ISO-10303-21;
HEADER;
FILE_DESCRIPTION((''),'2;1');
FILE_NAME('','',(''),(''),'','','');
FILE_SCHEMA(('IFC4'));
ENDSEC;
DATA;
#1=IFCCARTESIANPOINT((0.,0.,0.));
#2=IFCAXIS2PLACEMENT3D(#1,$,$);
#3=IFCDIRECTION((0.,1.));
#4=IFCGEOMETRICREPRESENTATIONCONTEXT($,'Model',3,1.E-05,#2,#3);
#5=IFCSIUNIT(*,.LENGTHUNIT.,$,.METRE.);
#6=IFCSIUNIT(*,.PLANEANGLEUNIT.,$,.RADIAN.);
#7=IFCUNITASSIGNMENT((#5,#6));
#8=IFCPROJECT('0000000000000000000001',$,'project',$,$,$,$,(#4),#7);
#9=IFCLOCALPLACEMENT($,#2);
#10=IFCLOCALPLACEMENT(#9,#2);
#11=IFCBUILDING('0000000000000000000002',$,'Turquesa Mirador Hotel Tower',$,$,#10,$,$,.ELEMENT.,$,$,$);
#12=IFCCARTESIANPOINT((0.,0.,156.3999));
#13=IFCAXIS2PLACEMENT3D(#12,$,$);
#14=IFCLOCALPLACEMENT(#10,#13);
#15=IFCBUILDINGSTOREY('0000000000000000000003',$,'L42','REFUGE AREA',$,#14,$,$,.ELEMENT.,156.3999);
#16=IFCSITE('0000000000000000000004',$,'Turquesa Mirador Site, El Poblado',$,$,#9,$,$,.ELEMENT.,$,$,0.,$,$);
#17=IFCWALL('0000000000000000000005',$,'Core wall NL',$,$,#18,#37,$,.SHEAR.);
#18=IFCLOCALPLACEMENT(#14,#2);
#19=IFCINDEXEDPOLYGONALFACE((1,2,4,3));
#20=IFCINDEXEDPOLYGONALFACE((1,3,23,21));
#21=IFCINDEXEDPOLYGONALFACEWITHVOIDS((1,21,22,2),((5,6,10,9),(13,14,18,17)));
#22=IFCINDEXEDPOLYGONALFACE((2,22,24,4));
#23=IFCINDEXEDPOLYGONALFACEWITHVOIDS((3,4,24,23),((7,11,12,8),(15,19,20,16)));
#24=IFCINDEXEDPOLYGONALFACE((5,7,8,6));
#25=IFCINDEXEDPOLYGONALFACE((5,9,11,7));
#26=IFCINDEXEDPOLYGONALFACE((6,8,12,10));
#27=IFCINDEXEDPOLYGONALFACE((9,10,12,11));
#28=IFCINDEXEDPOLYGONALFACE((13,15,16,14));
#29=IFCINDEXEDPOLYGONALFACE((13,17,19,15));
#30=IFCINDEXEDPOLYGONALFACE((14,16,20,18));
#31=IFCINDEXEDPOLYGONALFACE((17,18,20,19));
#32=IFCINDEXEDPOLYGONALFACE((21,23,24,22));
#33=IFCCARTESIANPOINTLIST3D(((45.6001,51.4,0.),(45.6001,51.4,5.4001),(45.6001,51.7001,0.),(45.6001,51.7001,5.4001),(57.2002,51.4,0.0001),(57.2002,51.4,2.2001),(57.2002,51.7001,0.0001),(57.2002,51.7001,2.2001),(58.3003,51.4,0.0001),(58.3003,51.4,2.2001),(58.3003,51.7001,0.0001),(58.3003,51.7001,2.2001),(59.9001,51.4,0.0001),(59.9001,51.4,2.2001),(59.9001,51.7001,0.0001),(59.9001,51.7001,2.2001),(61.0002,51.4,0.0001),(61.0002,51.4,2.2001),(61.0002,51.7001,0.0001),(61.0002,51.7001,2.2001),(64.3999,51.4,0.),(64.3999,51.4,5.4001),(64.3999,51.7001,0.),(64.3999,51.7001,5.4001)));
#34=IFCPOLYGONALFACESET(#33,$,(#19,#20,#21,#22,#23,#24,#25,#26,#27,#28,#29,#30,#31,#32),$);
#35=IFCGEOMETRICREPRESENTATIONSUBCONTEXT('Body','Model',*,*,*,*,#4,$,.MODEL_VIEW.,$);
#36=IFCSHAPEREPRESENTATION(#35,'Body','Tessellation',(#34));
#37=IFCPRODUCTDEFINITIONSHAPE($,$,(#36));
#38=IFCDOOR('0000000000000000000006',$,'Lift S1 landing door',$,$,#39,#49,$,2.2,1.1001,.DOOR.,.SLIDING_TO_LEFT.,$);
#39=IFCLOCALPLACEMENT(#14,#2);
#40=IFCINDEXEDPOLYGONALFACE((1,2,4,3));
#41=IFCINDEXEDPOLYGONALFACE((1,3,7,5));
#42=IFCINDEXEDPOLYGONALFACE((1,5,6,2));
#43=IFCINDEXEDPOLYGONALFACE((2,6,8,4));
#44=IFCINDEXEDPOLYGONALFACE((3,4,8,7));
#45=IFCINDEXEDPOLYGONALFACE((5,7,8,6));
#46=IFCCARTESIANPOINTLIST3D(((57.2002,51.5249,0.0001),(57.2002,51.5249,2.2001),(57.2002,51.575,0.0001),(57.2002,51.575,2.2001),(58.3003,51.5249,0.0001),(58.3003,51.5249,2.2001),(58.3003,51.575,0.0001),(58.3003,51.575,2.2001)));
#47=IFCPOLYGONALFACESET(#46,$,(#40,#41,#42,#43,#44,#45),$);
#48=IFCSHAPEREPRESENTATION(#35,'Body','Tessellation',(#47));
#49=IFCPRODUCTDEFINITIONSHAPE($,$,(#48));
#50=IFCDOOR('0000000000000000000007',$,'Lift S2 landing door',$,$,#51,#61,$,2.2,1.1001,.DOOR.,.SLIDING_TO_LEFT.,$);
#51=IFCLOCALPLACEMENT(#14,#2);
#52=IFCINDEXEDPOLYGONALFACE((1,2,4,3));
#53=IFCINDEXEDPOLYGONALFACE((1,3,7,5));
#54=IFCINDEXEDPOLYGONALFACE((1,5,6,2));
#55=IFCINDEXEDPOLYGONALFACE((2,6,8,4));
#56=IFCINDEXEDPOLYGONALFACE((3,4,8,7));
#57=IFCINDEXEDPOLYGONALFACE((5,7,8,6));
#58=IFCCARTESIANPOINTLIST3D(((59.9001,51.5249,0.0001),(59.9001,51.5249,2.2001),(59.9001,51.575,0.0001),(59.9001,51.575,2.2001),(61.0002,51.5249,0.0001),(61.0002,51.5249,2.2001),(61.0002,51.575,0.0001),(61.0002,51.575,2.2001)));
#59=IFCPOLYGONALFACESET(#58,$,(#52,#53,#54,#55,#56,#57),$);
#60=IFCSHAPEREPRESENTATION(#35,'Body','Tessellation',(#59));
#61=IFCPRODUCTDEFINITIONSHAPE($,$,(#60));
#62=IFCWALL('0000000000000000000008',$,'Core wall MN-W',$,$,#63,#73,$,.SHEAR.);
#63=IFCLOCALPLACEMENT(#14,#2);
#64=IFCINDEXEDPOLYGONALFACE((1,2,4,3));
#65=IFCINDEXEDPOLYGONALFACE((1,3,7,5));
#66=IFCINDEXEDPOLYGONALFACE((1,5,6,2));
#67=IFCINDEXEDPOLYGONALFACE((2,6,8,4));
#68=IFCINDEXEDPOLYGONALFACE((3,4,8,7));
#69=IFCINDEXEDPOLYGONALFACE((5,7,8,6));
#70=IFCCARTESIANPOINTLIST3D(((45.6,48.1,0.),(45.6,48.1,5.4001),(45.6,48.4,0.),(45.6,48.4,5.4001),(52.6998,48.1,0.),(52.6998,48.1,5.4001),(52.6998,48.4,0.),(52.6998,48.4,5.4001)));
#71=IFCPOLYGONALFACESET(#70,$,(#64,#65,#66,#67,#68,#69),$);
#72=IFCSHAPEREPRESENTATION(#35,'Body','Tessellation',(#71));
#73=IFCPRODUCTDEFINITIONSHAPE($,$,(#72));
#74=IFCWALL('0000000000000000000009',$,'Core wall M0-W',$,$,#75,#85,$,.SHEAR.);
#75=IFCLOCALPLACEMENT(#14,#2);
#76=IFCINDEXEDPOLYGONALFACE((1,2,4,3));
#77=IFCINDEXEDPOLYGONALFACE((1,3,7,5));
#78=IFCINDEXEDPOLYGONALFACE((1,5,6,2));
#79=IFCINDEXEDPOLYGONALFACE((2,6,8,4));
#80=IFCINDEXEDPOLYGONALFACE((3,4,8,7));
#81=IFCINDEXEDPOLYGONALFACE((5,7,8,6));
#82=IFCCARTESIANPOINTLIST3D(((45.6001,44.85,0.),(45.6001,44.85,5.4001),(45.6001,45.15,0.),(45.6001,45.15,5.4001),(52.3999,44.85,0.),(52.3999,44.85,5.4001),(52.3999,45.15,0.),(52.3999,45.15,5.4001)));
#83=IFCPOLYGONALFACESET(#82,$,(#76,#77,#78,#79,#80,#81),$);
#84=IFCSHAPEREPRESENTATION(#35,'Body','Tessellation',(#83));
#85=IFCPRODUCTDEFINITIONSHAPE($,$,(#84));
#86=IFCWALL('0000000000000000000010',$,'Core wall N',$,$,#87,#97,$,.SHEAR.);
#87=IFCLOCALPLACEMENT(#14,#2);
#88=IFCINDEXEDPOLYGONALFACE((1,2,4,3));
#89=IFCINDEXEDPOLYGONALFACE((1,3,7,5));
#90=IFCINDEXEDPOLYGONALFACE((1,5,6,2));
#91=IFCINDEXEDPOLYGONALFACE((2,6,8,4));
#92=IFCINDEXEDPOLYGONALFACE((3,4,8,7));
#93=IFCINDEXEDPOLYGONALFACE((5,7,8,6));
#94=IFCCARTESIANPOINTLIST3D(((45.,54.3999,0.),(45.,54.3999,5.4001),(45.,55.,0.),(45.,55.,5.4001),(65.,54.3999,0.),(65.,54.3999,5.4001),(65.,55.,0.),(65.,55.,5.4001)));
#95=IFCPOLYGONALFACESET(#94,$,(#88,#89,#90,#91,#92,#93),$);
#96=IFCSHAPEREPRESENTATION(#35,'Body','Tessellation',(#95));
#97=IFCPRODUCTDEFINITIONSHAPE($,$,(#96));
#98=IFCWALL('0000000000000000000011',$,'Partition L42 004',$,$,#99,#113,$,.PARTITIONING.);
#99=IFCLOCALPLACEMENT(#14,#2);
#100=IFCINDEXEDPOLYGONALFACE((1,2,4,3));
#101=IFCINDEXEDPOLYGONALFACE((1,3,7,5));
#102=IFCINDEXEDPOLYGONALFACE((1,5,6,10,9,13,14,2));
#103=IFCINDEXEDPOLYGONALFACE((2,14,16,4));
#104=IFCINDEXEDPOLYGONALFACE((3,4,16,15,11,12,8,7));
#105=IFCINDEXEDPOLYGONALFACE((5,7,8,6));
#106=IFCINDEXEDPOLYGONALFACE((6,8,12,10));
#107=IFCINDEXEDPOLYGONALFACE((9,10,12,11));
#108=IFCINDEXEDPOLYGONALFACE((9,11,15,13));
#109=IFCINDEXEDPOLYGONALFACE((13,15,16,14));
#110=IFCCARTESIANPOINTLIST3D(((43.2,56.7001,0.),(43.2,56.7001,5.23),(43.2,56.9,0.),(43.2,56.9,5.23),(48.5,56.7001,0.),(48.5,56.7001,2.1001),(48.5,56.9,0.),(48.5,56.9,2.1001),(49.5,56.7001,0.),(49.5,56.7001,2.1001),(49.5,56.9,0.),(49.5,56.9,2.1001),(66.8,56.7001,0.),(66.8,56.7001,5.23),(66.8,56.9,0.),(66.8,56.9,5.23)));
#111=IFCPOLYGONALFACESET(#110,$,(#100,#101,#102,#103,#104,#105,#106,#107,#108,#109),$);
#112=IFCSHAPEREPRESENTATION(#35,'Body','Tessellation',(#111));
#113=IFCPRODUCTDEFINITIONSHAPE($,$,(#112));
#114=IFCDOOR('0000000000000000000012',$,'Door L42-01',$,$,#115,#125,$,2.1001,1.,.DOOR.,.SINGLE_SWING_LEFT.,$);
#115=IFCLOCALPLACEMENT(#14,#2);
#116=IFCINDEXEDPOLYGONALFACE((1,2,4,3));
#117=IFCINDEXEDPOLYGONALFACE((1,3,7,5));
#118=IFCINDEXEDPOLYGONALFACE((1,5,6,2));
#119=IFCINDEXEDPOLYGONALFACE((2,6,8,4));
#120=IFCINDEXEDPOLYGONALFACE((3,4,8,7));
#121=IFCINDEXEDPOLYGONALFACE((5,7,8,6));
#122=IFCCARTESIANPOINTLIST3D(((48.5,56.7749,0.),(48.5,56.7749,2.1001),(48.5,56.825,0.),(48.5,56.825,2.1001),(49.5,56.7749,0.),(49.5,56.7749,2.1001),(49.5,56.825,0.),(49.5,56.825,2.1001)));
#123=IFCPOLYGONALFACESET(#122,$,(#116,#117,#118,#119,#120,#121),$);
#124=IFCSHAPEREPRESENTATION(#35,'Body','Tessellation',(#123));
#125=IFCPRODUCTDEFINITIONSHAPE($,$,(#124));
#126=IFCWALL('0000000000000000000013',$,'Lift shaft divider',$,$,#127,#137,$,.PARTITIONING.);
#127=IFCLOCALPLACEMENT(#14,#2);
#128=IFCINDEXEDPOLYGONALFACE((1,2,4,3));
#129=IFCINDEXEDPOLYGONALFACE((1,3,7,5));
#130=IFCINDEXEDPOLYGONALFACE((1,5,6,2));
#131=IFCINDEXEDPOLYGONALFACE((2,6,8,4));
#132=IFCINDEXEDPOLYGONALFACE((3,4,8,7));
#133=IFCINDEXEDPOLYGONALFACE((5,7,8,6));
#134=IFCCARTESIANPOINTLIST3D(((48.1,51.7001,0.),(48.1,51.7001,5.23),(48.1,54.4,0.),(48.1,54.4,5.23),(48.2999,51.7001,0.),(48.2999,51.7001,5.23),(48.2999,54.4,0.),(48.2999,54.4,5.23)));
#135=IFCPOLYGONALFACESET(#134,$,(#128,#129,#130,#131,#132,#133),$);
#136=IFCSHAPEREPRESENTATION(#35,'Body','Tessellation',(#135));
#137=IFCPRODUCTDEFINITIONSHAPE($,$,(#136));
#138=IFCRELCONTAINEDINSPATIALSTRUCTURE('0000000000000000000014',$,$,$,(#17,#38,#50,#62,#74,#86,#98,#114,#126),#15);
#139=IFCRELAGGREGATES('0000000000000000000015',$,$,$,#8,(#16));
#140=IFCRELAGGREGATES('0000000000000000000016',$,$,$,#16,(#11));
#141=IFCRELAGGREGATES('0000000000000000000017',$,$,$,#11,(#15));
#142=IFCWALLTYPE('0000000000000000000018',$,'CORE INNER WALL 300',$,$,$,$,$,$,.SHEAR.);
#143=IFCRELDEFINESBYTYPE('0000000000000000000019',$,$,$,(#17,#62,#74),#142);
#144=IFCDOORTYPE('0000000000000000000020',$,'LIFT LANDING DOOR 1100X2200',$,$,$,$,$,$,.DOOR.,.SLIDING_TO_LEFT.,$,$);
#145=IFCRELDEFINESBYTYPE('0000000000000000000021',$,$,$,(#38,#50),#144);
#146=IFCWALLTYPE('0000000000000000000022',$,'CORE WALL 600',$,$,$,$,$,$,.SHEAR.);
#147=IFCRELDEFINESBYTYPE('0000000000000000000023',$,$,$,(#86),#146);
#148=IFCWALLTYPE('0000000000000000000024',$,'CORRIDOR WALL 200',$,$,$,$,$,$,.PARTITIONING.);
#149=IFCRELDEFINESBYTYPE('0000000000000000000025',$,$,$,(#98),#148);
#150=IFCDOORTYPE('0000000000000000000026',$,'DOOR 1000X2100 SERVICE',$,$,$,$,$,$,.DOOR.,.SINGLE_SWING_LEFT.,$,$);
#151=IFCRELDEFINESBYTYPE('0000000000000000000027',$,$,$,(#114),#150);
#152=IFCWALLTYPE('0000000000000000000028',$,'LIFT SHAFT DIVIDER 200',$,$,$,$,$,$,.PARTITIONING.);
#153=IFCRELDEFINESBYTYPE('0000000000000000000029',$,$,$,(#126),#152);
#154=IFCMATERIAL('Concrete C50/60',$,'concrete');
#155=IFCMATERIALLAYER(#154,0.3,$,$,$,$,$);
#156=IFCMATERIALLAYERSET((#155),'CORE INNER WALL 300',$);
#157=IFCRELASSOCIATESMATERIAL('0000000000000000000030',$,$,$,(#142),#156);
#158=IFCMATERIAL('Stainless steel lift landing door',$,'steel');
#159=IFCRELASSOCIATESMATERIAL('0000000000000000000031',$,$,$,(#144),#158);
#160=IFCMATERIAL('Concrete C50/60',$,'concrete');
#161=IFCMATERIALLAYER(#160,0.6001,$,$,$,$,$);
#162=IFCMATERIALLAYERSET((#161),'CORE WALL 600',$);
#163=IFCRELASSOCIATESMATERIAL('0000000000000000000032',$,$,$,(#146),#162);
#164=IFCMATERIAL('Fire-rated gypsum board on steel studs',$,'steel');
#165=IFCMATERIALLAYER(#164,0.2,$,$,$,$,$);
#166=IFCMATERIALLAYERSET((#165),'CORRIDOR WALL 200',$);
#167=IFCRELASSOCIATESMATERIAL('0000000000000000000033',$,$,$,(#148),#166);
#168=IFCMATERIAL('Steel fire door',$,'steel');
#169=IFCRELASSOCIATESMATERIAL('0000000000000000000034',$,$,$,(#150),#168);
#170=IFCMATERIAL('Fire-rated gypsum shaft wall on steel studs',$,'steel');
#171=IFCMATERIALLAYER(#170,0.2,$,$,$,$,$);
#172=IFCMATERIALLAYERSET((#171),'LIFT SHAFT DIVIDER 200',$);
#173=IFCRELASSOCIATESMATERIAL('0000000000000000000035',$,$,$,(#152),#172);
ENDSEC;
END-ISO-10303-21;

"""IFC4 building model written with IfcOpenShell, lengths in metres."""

from ifc_helpers import new_model, si_unit, direction, frame, frame_2d, origin, place, context, subcontext, project, spatial, rectangle, extrude, material, layer, layer_set, type_object, element, fill, save


model = new_model("IFC4")

# Units and contexts
model_context = context("Model", 3, precision=1e-05, world=origin(), true_north=direction((0.0, 1.0)))
body_context = subcontext(model_context, "Body", "Model", "MODEL_VIEW")
ifc_project = project(units=[si_unit("LENGTHUNIT", "METRE"), si_unit("PLANEANGLEUNIT", "RADIAN")], contexts=[model_context])

# Site, building, storey
site_placement = place(None, origin())
site = spatial("IfcSite", under=ifc_project, at=site_placement, Name="Turquesa Mirador Site, El Poblado", CompositionType="ELEMENT", RefElevation=0.0)
building_placement = place(site_placement, origin())
building = spatial("IfcBuilding", under=site, at=building_placement, Name="Turquesa Mirador Hotel Tower", CompositionType="ELEMENT")
storey_placement = place(building_placement, frame((0.0, 0.0, 156.3999)))
storey = spatial("IfcBuildingStorey", under=building, at=storey_placement, Name="L42", Description="REFUGE AREA", CompositionType="ELEMENT", Elevation=156.3999)

# Wall, openings, doors
ifc_material_1 = material(Name="Concrete C50/60", Category="concrete")
ifc_layer_1 = layer(ifc_material_1, 0.3)
ifc_layer_set_1 = layer_set([ifc_layer_1], Name="CORE INNER WALL 300")
wall_type_1 = type_object("IfcWallType", Name="CORE INNER WALL 300", PredefinedType="SHEAR", material=ifc_layer_set_1)
wall_1_placement = place(storey_placement, frame((45.6001, 51.55, 0.0), z_axis=(0.0, 0.0, 1.0), x_axis=(1.0, 0.0, 0.0)))
wall_1 = element("IfcWall", 1, at=wall_1_placement, inside=storey, type_object=wall_type_1, Name="Core wall NL", PredefinedType="SHEAR", context=body_context, shape_type="SweptSolid", body=[
    extrude(rectangle(XDim=18.7998, YDim=0.3, at=frame_2d((9.3999, 0.0))), origin(), (0.0, 0.0, 1.0), 5.4001),
])
opening_1_placement = place(wall_1_placement, frame((11.6001, 0.0, 0.0)))
opening_1 = element("IfcOpeningElement", 2, at=opening_1_placement, cuts=wall_1, PredefinedType="OPENING", context=body_context, shape_type="SweptSolid", body=[
    extrude(rectangle(XDim=1.1001, YDim=2.2, at=frame_2d((0.55, 1.1001))), frame((0.0, 0.1599, 0.0), z_axis=(0.0, -1.0, 0.0), x_axis=(1.0, 0.0, 0.0)), (0.0, 0.0, 1.0), 0.3201),
])
opening_2_placement = place(wall_1_placement, frame((14.3, 0.0, 0.0)))
opening_2 = element("IfcOpeningElement", 3, at=opening_2_placement, cuts=wall_1, PredefinedType="OPENING", context=body_context, shape_type="SweptSolid", body=[
    extrude(rectangle(XDim=1.1001, YDim=2.2, at=frame_2d((0.55, 1.1001))), frame((0.0, 0.1599, 0.0), z_axis=(0.0, -1.0, 0.0), x_axis=(1.0, 0.0, 0.0)), (0.0, 0.0, 1.0), 0.3201),
])
ifc_material_2 = material(Name="Stainless steel lift landing door", Category="steel")
door_type_1 = type_object("IfcDoorType", Name="LIFT LANDING DOOR 1100X2200", OperationType="SLIDING_TO_LEFT", PredefinedType="DOOR", material=ifc_material_2)
door_1_placement = place(opening_1_placement, origin())
door_1 = element("IfcDoor", 4, at=door_1_placement, inside=storey, type_object=door_type_1, Name="Lift S1 landing door", OperationType="SLIDING_TO_LEFT", OverallHeight=2.2, OverallWidth=1.1001, PredefinedType="DOOR", context=body_context, shape_type="SweptSolid", body=[
    extrude(rectangle(XDim=1.1001, YDim=2.2, at=frame_2d((0.55, 1.1001))), frame((0.0, 0.0249, 0.0), z_axis=(0.0, -1.0, 0.0), x_axis=(1.0, 0.0, 0.0)), (0.0, 0.0, 1.0), 0.05),
])
fill(opening_1, door_1)
door_2_placement = place(opening_2_placement, origin())
door_2 = element("IfcDoor", 5, at=door_2_placement, inside=storey, type_object=door_type_1, Name="Lift S2 landing door", OperationType="SLIDING_TO_LEFT", OverallHeight=2.2, OverallWidth=1.1001, PredefinedType="DOOR", context=body_context, shape_type="SweptSolid", body=[
    extrude(rectangle(XDim=1.1001, YDim=2.2, at=frame_2d((0.55, 1.1001))), frame((0.0, 0.0249, 0.0), z_axis=(0.0, -1.0, 0.0), x_axis=(1.0, 0.0, 0.0)), (0.0, 0.0, 1.0), 0.05),
])
fill(opening_2, door_2)

# Walls
wall_2_placement = place(storey_placement, frame((45.6001, 48.25, 0.0), z_axis=(0.0, 0.0, 1.0), x_axis=(1.0, 0.0, 0.0)))
element("IfcWall", 6, at=wall_2_placement, inside=storey, type_object=wall_type_1, Name="Core wall MN-W", PredefinedType="SHEAR", context=body_context, shape_type="SweptSolid", body=[
    extrude(rectangle(XDim=7.0999, YDim=0.3, at=frame_2d((3.5498, 0.0))), origin(), (0.0, 0.0, 1.0), 5.4001),
])
wall_3_placement = place(storey_placement, frame((45.6001, 45.0, 0.0), z_axis=(0.0, 0.0, 1.0), x_axis=(1.0, 0.0, 0.0)))
element("IfcWall", 7, at=wall_3_placement, inside=storey, type_object=wall_type_1, Name="Core wall M0-W", PredefinedType="SHEAR", context=body_context, shape_type="SweptSolid", body=[
    extrude(rectangle(XDim=6.7998, YDim=0.3, at=frame_2d((3.3999, 0.0))), origin(), (0.0, 0.0, 1.0), 5.4001),
])
ifc_material_3 = material(Name="Concrete C50/60", Category="concrete")
ifc_layer_2 = layer(ifc_material_3, 0.6001)
ifc_layer_set_2 = layer_set([ifc_layer_2], Name="CORE WALL 600")
wall_type_2 = type_object("IfcWallType", Name="CORE WALL 600", PredefinedType="SHEAR", material=ifc_layer_set_2)
wall_4_placement = place(storey_placement, frame((45.0, 54.7, 0.0), z_axis=(0.0, 0.0, 1.0), x_axis=(1.0, 0.0, 0.0)))
element("IfcWall", 8, at=wall_4_placement, inside=storey, type_object=wall_type_2, Name="Core wall N", PredefinedType="SHEAR", context=body_context, shape_type="SweptSolid", body=[
    extrude(rectangle(XDim=20.0, YDim=0.6001, at=frame_2d((10.0, 0.0))), origin(), (0.0, 0.0, 1.0), 5.4001),
])

# Wall, opening, door
ifc_material_4 = material(Name="Fire-rated gypsum board on steel studs", Category="steel")
ifc_layer_3 = layer(ifc_material_4, 0.2)
ifc_layer_set_3 = layer_set([ifc_layer_3], Name="CORRIDOR WALL 200")
wall_type_3 = type_object("IfcWallType", Name="CORRIDOR WALL 200", PredefinedType="PARTITIONING", material=ifc_layer_set_3)
wall_5_placement = place(storey_placement, frame((43.2, 56.8, 0.0), z_axis=(0.0, 0.0, 1.0), x_axis=(1.0, 0.0, 0.0)))
wall_5 = element("IfcWall", 9, at=wall_5_placement, inside=storey, type_object=wall_type_3, Name="Partition L42 004", PredefinedType="PARTITIONING", context=body_context, shape_type="SweptSolid", body=[
    extrude(rectangle(XDim=23.6001, YDim=0.2, at=frame_2d((11.8, 0.0))), origin(), (0.0, 0.0, 1.0), 5.23),
])
opening_3_placement = place(wall_5_placement, frame((5.3, 0.0, 0.0)))
opening_3 = element("IfcOpeningElement", 10, at=opening_3_placement, cuts=wall_5, PredefinedType="OPENING", context=body_context, shape_type="SweptSolid", body=[
    extrude(rectangle(XDim=1.0, YDim=2.1001, at=frame_2d((0.5, 1.05))), frame((0.0, 0.1099, 0.0), z_axis=(0.0, -1.0, 0.0), x_axis=(1.0, 0.0, 0.0)), (0.0, 0.0, 1.0), 0.22),
])
ifc_material_5 = material(Name="Steel fire door", Category="steel")
door_type_2 = type_object("IfcDoorType", Name="DOOR 1000X2100 SERVICE", OperationType="SINGLE_SWING_LEFT", PredefinedType="DOOR", material=ifc_material_5)
door_3_placement = place(opening_3_placement, origin())
door_3 = element("IfcDoor", 11, at=door_3_placement, inside=storey, type_object=door_type_2, Name="Door L42-01", OperationType="SINGLE_SWING_LEFT", OverallHeight=2.1001, OverallWidth=1.0, PredefinedType="DOOR", context=body_context, shape_type="SweptSolid", body=[
    extrude(rectangle(XDim=1.0, YDim=2.1001, at=frame_2d((0.5, 1.05))), frame((0.0, 0.0249, 0.0), z_axis=(0.0, -1.0, 0.0), x_axis=(1.0, 0.0, 0.0)), (0.0, 0.0, 1.0), 0.05),
])
fill(opening_3, door_3)

# Wall
ifc_material_6 = material(Name="Fire-rated gypsum shaft wall on steel studs", Category="steel")
ifc_layer_4 = layer(ifc_material_6, 0.2)
ifc_layer_set_4 = layer_set([ifc_layer_4], Name="LIFT SHAFT DIVIDER 200")
wall_type_4 = type_object("IfcWallType", Name="LIFT SHAFT DIVIDER 200", PredefinedType="PARTITIONING", material=ifc_layer_set_4)
wall_6_placement = place(storey_placement, frame((48.2, 51.7, 0.0), z_axis=(0.0, 0.0, 1.0), x_axis=(0.0, 1.0, 0.0)))
element("IfcWall", 12, at=wall_6_placement, inside=storey, type_object=wall_type_4, Name="Lift shaft divider", PredefinedType="PARTITIONING", context=body_context, shape_type="SweptSolid", body=[
    extrude(rectangle(XDim=2.7, YDim=0.2, at=frame_2d((1.3501, 0.0))), origin(), (0.0, 0.0, 1.0), 5.23),
])

save(model, "model.ifc")
